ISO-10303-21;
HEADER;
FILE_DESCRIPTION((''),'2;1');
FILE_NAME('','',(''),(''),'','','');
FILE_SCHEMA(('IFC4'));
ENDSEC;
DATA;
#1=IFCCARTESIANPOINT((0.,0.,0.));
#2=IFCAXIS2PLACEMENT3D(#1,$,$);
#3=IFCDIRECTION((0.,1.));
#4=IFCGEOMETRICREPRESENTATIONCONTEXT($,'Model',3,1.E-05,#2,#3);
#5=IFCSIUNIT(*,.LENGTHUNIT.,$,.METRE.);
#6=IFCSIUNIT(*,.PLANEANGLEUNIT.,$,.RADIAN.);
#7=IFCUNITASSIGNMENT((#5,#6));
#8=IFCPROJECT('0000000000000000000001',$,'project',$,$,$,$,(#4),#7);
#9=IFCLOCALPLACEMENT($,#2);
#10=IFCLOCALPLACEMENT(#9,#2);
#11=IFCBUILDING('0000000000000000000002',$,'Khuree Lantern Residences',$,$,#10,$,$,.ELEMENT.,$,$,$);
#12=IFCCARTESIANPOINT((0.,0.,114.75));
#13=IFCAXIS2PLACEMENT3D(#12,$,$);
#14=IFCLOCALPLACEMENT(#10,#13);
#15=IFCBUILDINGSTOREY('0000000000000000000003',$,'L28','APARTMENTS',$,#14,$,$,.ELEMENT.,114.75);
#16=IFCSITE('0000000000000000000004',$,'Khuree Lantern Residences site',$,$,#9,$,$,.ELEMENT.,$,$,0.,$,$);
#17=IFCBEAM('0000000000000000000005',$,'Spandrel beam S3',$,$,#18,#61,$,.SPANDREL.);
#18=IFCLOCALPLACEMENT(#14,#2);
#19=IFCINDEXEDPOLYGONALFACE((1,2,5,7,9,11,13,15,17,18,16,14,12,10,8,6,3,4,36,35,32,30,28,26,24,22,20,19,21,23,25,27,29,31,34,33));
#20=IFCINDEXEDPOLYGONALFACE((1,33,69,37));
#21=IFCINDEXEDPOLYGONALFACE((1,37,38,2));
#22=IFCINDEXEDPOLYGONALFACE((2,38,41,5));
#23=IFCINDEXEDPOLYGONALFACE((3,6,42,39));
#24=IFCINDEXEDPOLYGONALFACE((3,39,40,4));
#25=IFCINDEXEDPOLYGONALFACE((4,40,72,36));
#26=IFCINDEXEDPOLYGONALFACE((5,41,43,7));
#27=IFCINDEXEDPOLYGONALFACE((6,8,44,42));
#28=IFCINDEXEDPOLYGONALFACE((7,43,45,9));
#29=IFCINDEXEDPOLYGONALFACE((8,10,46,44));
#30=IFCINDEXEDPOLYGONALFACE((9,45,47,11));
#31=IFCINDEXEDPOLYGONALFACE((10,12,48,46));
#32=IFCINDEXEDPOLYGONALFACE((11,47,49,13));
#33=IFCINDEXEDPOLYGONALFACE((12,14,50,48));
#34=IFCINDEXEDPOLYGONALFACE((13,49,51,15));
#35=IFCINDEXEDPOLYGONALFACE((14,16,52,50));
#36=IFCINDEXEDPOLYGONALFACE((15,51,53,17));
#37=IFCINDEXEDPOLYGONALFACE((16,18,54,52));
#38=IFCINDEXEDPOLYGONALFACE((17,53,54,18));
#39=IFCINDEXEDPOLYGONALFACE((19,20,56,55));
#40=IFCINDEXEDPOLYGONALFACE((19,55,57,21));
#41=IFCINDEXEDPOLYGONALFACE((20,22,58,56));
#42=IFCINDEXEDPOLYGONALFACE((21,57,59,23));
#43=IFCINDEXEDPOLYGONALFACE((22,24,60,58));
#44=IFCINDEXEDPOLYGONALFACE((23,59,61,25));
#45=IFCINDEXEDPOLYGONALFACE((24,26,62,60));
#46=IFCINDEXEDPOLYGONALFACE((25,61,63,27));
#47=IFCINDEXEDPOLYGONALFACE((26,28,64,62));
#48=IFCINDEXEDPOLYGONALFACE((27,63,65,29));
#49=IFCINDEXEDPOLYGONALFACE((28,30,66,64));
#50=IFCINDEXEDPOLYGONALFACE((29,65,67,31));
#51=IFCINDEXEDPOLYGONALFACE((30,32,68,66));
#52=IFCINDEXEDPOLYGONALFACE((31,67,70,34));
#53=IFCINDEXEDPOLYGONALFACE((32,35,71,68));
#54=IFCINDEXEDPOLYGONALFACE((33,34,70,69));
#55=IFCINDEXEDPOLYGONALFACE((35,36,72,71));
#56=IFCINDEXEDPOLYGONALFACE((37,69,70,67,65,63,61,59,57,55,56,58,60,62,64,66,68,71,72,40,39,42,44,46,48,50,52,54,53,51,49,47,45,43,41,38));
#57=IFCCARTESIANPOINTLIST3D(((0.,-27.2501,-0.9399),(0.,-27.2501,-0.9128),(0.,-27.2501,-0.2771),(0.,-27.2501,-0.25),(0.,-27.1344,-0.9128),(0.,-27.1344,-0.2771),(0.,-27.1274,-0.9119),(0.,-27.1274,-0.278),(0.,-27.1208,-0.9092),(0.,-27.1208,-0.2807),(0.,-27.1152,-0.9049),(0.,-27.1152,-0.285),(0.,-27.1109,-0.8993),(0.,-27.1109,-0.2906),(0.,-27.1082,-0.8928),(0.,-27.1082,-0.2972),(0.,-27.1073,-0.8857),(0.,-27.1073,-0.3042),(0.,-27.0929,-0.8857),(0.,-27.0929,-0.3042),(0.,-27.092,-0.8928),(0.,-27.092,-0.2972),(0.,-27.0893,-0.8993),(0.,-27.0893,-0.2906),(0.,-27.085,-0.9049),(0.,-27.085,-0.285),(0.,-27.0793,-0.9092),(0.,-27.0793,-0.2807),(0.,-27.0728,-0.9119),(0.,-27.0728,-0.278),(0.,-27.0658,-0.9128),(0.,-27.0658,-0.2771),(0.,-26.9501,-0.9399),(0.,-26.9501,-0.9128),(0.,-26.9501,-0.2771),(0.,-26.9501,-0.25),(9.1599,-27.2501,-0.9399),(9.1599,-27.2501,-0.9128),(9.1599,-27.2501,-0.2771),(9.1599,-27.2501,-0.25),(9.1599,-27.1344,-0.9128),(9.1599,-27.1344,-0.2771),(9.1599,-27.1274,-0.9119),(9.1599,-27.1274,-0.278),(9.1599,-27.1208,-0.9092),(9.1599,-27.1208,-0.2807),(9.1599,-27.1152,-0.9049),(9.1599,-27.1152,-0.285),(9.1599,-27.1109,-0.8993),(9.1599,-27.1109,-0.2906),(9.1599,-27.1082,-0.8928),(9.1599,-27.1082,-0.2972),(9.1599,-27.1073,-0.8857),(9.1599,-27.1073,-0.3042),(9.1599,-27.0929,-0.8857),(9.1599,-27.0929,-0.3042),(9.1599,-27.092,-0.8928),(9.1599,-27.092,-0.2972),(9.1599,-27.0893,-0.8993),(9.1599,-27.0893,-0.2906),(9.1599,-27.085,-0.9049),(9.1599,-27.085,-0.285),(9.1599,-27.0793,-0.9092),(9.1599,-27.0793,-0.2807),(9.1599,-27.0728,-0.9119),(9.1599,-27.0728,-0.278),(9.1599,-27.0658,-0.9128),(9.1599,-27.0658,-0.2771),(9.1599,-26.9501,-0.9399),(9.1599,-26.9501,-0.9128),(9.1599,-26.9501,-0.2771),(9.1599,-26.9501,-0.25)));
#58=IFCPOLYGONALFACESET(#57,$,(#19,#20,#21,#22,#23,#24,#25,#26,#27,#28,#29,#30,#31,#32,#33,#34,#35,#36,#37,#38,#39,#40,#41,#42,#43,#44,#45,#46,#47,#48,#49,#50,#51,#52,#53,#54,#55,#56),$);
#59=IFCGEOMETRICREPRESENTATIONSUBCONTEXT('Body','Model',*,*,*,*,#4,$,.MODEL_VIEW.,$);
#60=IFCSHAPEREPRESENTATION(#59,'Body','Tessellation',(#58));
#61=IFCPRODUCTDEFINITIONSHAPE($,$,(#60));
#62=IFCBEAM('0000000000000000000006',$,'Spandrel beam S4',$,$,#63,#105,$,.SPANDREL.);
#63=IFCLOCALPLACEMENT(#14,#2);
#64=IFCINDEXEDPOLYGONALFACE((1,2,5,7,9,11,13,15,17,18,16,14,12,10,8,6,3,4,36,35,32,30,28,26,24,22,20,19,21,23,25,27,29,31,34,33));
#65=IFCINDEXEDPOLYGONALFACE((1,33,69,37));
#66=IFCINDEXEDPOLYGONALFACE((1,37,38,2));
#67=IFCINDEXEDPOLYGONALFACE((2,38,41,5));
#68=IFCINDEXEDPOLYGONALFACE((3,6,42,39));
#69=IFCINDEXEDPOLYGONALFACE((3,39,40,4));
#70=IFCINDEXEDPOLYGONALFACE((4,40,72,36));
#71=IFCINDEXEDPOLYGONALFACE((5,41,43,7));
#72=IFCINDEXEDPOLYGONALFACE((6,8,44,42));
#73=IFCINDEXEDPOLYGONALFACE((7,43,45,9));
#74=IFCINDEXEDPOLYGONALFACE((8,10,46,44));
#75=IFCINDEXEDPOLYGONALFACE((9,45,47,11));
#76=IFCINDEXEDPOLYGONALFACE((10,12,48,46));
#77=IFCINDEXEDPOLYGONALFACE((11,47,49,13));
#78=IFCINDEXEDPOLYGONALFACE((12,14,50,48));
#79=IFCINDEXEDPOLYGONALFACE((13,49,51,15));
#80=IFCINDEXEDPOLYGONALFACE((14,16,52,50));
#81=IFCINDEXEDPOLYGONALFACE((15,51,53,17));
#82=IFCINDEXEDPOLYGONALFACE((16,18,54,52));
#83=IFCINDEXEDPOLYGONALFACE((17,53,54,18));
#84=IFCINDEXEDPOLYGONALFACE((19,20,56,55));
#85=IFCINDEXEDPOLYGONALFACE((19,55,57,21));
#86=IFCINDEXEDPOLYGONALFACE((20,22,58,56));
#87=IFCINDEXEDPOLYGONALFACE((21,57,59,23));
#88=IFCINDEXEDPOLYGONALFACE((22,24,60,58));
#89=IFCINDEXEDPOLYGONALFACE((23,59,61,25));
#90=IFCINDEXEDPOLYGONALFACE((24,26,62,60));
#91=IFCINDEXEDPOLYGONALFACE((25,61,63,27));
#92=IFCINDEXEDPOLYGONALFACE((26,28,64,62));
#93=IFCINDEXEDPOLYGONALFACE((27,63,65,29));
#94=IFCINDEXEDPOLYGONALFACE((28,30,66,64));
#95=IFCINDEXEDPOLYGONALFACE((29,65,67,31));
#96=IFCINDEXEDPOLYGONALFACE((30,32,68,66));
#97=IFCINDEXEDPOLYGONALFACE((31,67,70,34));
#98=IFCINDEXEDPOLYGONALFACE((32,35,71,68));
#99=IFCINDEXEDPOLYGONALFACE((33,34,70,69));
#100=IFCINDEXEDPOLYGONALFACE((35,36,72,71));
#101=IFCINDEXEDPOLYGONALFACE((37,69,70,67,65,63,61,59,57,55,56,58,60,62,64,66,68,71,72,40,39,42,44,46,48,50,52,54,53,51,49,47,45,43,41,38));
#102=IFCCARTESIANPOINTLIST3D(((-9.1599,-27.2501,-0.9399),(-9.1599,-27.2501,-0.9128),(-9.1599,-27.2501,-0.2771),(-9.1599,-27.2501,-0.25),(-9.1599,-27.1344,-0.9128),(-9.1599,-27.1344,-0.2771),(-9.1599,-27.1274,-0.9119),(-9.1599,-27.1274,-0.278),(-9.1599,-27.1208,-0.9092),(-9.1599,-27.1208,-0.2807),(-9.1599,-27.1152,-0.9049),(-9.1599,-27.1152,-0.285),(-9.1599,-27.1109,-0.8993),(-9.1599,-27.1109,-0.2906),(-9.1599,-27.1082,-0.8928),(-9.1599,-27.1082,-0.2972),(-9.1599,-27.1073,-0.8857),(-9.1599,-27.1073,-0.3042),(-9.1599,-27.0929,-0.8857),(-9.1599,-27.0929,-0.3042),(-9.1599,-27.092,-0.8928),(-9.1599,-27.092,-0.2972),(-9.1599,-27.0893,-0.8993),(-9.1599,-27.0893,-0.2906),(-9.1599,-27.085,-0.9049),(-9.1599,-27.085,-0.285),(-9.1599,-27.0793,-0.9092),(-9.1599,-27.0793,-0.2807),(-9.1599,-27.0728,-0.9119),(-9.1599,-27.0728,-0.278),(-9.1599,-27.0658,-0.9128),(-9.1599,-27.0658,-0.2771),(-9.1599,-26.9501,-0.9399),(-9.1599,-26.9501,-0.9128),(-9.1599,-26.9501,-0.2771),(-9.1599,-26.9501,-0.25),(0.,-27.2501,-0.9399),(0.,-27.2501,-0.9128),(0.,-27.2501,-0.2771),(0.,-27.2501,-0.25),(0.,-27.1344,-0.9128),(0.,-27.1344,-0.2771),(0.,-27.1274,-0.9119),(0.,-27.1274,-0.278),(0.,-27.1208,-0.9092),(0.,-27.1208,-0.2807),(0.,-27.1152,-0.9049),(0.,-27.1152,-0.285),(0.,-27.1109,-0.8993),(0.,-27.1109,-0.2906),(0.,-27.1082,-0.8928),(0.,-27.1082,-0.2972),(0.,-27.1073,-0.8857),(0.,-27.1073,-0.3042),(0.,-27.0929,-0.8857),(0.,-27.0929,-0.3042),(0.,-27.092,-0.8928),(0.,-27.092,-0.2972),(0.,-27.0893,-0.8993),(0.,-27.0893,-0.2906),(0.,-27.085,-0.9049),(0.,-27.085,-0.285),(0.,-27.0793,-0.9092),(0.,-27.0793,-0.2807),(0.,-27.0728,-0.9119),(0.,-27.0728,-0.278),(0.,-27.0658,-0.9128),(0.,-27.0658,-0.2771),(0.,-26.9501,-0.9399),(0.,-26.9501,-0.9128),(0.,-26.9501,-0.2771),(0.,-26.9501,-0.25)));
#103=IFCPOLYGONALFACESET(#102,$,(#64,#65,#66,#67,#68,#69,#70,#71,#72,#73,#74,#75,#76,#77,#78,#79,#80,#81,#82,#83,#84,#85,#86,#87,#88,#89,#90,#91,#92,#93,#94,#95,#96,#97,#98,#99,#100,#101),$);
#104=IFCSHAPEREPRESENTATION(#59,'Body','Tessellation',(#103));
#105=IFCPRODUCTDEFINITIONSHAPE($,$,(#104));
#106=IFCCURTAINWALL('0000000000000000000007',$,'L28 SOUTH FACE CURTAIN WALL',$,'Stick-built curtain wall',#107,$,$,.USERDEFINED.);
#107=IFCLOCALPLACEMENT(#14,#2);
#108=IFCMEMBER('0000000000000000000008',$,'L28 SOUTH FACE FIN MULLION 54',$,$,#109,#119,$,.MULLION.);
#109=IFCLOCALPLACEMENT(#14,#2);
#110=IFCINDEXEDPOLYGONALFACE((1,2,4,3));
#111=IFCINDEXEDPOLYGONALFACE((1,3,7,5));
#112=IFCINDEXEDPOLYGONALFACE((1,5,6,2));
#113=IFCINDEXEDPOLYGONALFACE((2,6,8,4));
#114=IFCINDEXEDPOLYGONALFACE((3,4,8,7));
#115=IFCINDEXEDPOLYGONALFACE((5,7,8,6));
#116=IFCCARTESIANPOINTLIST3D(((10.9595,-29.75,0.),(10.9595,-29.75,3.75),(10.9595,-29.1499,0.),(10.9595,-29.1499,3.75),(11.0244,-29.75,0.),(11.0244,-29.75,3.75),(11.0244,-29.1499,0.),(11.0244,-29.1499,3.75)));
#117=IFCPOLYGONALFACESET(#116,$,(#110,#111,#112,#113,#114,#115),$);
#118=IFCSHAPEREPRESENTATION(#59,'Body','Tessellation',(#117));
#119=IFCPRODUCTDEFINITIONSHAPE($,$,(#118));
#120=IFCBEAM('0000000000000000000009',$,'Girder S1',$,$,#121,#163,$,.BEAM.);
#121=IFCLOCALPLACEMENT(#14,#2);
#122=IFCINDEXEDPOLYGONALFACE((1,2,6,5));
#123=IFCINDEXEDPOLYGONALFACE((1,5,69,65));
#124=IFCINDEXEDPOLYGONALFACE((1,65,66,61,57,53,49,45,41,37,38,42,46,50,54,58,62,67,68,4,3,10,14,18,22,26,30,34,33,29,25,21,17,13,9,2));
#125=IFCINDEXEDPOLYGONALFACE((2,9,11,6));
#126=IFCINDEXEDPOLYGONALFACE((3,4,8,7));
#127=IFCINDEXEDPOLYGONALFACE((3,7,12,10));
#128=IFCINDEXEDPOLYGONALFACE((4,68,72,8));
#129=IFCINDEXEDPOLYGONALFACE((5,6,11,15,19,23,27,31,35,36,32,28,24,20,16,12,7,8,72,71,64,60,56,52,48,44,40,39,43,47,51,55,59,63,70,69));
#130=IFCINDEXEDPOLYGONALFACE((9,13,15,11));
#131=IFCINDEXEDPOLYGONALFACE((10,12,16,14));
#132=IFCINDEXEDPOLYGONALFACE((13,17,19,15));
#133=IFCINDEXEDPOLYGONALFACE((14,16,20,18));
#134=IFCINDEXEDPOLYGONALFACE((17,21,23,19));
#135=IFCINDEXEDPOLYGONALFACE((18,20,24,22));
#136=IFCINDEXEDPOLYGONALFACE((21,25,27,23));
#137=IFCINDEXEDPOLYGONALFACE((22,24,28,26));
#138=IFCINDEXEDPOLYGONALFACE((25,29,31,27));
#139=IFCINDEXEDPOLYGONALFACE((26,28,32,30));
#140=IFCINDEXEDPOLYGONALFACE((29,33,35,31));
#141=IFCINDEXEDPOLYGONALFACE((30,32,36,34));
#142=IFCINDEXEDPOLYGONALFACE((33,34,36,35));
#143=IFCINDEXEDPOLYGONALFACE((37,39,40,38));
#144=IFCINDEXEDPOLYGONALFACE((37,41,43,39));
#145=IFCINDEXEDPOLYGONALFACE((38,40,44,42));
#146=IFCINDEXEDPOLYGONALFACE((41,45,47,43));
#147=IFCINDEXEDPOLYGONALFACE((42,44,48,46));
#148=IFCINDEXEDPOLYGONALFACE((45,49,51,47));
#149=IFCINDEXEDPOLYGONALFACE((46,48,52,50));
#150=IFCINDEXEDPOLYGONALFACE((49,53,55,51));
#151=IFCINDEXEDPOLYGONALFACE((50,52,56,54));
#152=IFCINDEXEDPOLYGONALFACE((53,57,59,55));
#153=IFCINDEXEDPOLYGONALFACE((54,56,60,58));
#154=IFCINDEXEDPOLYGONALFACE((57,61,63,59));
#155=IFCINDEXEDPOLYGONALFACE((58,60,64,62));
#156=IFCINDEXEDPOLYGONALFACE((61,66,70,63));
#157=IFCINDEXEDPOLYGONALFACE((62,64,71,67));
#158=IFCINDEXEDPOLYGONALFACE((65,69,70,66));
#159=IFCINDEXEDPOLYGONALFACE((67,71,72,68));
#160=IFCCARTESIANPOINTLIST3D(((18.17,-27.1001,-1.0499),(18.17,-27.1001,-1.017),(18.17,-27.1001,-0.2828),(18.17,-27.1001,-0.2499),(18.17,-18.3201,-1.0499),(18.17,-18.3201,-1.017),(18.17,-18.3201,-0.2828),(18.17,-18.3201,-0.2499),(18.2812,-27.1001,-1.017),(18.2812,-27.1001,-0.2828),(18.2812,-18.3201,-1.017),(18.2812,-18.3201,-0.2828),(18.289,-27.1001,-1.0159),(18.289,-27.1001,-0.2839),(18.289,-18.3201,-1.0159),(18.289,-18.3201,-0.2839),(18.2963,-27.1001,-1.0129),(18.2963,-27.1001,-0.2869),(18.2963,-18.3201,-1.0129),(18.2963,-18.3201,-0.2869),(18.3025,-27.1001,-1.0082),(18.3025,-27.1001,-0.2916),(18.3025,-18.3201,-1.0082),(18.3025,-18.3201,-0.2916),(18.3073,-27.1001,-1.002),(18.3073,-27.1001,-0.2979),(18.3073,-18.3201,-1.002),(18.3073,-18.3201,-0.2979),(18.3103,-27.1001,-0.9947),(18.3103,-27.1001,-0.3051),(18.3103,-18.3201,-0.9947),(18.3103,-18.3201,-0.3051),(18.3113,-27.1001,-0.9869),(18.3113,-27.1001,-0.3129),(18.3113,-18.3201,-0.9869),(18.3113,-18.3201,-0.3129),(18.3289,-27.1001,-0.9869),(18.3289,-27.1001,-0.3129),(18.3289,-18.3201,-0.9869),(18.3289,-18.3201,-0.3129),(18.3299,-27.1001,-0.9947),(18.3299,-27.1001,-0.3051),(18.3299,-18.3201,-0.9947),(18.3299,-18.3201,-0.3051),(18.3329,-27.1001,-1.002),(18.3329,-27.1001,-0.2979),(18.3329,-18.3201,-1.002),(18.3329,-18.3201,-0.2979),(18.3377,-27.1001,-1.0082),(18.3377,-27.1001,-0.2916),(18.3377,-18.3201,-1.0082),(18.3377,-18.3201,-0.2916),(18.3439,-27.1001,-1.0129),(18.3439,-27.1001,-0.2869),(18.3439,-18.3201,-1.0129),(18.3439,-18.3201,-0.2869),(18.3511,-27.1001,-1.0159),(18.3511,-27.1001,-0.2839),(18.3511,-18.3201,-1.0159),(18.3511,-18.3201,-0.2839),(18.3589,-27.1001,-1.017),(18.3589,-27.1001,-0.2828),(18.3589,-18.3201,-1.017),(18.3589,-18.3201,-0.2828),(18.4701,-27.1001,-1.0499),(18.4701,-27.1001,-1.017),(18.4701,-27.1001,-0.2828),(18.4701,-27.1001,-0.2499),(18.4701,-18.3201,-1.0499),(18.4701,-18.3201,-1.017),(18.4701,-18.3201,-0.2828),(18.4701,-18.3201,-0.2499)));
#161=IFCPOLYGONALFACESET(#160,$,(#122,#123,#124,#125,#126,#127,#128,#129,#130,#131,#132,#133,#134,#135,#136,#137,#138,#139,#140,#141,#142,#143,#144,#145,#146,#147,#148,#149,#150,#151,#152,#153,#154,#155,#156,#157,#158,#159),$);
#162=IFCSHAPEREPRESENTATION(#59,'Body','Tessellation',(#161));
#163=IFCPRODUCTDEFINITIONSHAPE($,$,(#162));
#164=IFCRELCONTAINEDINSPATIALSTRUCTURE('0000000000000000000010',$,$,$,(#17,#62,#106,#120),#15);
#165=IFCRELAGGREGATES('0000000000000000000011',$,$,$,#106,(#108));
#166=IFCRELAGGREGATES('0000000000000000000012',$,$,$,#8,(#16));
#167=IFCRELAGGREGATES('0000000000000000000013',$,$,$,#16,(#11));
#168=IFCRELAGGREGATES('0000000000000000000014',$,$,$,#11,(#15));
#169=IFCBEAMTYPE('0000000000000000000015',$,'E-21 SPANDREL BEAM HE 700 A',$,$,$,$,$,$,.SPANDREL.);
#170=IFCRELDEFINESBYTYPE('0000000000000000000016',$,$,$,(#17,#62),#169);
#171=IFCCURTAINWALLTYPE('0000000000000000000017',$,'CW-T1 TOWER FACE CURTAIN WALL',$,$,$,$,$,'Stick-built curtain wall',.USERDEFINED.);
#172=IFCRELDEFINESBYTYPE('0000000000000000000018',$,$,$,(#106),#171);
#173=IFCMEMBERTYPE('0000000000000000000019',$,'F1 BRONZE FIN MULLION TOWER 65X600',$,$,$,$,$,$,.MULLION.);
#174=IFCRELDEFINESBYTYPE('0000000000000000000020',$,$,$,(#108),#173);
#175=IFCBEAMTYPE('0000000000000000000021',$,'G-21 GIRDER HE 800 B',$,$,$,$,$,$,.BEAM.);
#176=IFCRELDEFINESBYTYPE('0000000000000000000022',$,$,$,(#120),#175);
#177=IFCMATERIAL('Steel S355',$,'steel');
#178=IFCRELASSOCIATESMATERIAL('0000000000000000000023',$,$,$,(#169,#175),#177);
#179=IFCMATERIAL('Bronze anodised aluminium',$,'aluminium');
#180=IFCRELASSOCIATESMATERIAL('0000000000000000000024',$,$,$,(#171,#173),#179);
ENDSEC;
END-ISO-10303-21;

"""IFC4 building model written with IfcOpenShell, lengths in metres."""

from ifc_helpers import new_model, si_unit, direction, frame, origin, origin_2d, place, context, subcontext, project, spatial, rectangle, i_section, extrude, material, material_profile, profile_set, type_object, element, aggregate, save


model = new_model("IFC4")

# Units and contexts
model_context = context("Model", 3, precision=1e-05, world=origin(), true_north=direction((0.0, 1.0)))
body_context = subcontext(model_context, "Body", "Model", "MODEL_VIEW")
ifc_project = project(units=[si_unit("LENGTHUNIT", "METRE"), si_unit("PLANEANGLEUNIT", "RADIAN")], contexts=[model_context])

# Site, building, storey
site_placement = place(None, origin())
site = spatial("IfcSite", under=ifc_project, at=site_placement, Name="Khuree Lantern Residences site", CompositionType="ELEMENT", RefElevation=0.0)
building_placement = place(site_placement, origin())
building = spatial("IfcBuilding", under=site, at=building_placement, Name="Khuree Lantern Residences", CompositionType="ELEMENT")
storey_placement = place(building_placement, frame((0.0, 0.0, 114.75)))
storey = spatial("IfcBuildingStorey", under=building, at=storey_placement, Name="L28", Description="APARTMENTS", CompositionType="ELEMENT", Elevation=114.75)

# Beams
ifc_material_1 = material(Name="Steel S355", Category="steel")
ifc_material_profile_1 = material_profile(ifc_material_1, i_section(OverallWidth=0.3, OverallDepth=0.6899, WebThickness=0.0144, FlangeThickness=0.0271, FilletRadius=0.0271, at=origin_2d()), Name="HE 700 A")
ifc_profile_set_1 = profile_set([ifc_material_profile_1], Name="Steel S355")
beam_type_1 = type_object("IfcBeamType", Name="E-21 SPANDREL BEAM HE 700 A", PredefinedType="SPANDREL", material=ifc_profile_set_1)
for number, where, z_axis, x_axis, name in (
    (1, (9.1599, -27.1001, -0.595), (-1.0, 0.0, 0.0), (0.0, -1.0, 0.0), "Spandrel beam S3"),
    (2, (0.0, -27.1001, -0.595), (-1.0, 0.0, 0.0), (0.0, -1.0, 0.0), "Spandrel beam S4"),
):
    element("IfcBeam", number, at=place(storey_placement, frame(where, z_axis=z_axis, x_axis=x_axis)), inside=storey, type_object=beam_type_1, Name=name, PredefinedType="SPANDREL", context=body_context, shape_type="SweptSolid", body=[
        extrude(i_section(OverallWidth=0.3, OverallDepth=0.6899, WebThickness=0.0144, FlangeThickness=0.0271, FilletRadius=0.0271, at=origin_2d()), origin(), (0.0, 0.0, 1.0), 9.1599),
    ])

# Curtain wall, member
ifc_material_2 = material(Name="Bronze anodised aluminium", Category="aluminium")
curtain_wall_type = type_object("IfcCurtainWallType", Name="CW-T1 TOWER FACE CURTAIN WALL", ElementType="Stick-built curtain wall", PredefinedType="USERDEFINED", material=ifc_material_2)
curtain_wall_placement = place(storey_placement, origin())
curtain_wall = element("IfcCurtainWall", 3, at=curtain_wall_placement, inside=storey, type_object=curtain_wall_type, Name="L28 SOUTH FACE CURTAIN WALL", ObjectType="Stick-built curtain wall", PredefinedType="USERDEFINED")
ifc_material_profile_2 = material_profile(ifc_material_2, rectangle(XDim=0.0649, YDim=0.6001, at=origin_2d()), Name="F1 65X600")
ifc_profile_set_2 = profile_set([ifc_material_profile_2], Name="Bronze anodised aluminium")
member_type_1 = type_object("IfcMemberType", Name="F1 BRONZE FIN MULLION TOWER 65X600", PredefinedType="MULLION", material=ifc_profile_set_2)
member_1_placement = place(storey_placement, frame((10.9919, -29.45, 0.0), z_axis=(0.0, 0.0, 1.0), x_axis=(1.0, 0.0, 0.0)))
member_1 = element("IfcMember", 4, at=member_1_placement, type_object=member_type_1, Name="L28 SOUTH FACE FIN MULLION 54", PredefinedType="MULLION", context=body_context, shape_type="SweptSolid", body=[
    extrude(rectangle(XDim=0.0649, YDim=0.6001, at=origin_2d()), origin(), (0.0, 0.0, 1.0), 3.75),
])

# Beam
ifc_material_profile_3 = material_profile(ifc_material_1, i_section(OverallWidth=0.3, OverallDepth=0.8, WebThickness=0.0176, FlangeThickness=0.033, FilletRadius=0.03, at=origin_2d()), Name="HE 800 B")
ifc_profile_set_3 = profile_set([ifc_material_profile_3], Name="Steel S355")
beam_type_2 = type_object("IfcBeamType", Name="G-21 GIRDER HE 800 B", PredefinedType="BEAM", material=ifc_profile_set_3)
beam_1_placement = place(storey_placement, frame((18.3201, -27.1001, -0.6499), z_axis=(0.0, 1.0, 0.0), x_axis=(-1.0, 0.0, 0.0)))
element("IfcBeam", 5, at=beam_1_placement, inside=storey, type_object=beam_type_2, Name="Girder S1", PredefinedType="BEAM", context=body_context, shape_type="SweptSolid", body=[
    extrude(i_section(OverallWidth=0.3, OverallDepth=0.8, WebThickness=0.0176, FlangeThickness=0.033, FilletRadius=0.03, at=origin_2d()), origin(), (0.0, 0.0, 1.0), 8.78),
])

aggregate(curtain_wall, [member_1])

save(model, "model.ifc")
